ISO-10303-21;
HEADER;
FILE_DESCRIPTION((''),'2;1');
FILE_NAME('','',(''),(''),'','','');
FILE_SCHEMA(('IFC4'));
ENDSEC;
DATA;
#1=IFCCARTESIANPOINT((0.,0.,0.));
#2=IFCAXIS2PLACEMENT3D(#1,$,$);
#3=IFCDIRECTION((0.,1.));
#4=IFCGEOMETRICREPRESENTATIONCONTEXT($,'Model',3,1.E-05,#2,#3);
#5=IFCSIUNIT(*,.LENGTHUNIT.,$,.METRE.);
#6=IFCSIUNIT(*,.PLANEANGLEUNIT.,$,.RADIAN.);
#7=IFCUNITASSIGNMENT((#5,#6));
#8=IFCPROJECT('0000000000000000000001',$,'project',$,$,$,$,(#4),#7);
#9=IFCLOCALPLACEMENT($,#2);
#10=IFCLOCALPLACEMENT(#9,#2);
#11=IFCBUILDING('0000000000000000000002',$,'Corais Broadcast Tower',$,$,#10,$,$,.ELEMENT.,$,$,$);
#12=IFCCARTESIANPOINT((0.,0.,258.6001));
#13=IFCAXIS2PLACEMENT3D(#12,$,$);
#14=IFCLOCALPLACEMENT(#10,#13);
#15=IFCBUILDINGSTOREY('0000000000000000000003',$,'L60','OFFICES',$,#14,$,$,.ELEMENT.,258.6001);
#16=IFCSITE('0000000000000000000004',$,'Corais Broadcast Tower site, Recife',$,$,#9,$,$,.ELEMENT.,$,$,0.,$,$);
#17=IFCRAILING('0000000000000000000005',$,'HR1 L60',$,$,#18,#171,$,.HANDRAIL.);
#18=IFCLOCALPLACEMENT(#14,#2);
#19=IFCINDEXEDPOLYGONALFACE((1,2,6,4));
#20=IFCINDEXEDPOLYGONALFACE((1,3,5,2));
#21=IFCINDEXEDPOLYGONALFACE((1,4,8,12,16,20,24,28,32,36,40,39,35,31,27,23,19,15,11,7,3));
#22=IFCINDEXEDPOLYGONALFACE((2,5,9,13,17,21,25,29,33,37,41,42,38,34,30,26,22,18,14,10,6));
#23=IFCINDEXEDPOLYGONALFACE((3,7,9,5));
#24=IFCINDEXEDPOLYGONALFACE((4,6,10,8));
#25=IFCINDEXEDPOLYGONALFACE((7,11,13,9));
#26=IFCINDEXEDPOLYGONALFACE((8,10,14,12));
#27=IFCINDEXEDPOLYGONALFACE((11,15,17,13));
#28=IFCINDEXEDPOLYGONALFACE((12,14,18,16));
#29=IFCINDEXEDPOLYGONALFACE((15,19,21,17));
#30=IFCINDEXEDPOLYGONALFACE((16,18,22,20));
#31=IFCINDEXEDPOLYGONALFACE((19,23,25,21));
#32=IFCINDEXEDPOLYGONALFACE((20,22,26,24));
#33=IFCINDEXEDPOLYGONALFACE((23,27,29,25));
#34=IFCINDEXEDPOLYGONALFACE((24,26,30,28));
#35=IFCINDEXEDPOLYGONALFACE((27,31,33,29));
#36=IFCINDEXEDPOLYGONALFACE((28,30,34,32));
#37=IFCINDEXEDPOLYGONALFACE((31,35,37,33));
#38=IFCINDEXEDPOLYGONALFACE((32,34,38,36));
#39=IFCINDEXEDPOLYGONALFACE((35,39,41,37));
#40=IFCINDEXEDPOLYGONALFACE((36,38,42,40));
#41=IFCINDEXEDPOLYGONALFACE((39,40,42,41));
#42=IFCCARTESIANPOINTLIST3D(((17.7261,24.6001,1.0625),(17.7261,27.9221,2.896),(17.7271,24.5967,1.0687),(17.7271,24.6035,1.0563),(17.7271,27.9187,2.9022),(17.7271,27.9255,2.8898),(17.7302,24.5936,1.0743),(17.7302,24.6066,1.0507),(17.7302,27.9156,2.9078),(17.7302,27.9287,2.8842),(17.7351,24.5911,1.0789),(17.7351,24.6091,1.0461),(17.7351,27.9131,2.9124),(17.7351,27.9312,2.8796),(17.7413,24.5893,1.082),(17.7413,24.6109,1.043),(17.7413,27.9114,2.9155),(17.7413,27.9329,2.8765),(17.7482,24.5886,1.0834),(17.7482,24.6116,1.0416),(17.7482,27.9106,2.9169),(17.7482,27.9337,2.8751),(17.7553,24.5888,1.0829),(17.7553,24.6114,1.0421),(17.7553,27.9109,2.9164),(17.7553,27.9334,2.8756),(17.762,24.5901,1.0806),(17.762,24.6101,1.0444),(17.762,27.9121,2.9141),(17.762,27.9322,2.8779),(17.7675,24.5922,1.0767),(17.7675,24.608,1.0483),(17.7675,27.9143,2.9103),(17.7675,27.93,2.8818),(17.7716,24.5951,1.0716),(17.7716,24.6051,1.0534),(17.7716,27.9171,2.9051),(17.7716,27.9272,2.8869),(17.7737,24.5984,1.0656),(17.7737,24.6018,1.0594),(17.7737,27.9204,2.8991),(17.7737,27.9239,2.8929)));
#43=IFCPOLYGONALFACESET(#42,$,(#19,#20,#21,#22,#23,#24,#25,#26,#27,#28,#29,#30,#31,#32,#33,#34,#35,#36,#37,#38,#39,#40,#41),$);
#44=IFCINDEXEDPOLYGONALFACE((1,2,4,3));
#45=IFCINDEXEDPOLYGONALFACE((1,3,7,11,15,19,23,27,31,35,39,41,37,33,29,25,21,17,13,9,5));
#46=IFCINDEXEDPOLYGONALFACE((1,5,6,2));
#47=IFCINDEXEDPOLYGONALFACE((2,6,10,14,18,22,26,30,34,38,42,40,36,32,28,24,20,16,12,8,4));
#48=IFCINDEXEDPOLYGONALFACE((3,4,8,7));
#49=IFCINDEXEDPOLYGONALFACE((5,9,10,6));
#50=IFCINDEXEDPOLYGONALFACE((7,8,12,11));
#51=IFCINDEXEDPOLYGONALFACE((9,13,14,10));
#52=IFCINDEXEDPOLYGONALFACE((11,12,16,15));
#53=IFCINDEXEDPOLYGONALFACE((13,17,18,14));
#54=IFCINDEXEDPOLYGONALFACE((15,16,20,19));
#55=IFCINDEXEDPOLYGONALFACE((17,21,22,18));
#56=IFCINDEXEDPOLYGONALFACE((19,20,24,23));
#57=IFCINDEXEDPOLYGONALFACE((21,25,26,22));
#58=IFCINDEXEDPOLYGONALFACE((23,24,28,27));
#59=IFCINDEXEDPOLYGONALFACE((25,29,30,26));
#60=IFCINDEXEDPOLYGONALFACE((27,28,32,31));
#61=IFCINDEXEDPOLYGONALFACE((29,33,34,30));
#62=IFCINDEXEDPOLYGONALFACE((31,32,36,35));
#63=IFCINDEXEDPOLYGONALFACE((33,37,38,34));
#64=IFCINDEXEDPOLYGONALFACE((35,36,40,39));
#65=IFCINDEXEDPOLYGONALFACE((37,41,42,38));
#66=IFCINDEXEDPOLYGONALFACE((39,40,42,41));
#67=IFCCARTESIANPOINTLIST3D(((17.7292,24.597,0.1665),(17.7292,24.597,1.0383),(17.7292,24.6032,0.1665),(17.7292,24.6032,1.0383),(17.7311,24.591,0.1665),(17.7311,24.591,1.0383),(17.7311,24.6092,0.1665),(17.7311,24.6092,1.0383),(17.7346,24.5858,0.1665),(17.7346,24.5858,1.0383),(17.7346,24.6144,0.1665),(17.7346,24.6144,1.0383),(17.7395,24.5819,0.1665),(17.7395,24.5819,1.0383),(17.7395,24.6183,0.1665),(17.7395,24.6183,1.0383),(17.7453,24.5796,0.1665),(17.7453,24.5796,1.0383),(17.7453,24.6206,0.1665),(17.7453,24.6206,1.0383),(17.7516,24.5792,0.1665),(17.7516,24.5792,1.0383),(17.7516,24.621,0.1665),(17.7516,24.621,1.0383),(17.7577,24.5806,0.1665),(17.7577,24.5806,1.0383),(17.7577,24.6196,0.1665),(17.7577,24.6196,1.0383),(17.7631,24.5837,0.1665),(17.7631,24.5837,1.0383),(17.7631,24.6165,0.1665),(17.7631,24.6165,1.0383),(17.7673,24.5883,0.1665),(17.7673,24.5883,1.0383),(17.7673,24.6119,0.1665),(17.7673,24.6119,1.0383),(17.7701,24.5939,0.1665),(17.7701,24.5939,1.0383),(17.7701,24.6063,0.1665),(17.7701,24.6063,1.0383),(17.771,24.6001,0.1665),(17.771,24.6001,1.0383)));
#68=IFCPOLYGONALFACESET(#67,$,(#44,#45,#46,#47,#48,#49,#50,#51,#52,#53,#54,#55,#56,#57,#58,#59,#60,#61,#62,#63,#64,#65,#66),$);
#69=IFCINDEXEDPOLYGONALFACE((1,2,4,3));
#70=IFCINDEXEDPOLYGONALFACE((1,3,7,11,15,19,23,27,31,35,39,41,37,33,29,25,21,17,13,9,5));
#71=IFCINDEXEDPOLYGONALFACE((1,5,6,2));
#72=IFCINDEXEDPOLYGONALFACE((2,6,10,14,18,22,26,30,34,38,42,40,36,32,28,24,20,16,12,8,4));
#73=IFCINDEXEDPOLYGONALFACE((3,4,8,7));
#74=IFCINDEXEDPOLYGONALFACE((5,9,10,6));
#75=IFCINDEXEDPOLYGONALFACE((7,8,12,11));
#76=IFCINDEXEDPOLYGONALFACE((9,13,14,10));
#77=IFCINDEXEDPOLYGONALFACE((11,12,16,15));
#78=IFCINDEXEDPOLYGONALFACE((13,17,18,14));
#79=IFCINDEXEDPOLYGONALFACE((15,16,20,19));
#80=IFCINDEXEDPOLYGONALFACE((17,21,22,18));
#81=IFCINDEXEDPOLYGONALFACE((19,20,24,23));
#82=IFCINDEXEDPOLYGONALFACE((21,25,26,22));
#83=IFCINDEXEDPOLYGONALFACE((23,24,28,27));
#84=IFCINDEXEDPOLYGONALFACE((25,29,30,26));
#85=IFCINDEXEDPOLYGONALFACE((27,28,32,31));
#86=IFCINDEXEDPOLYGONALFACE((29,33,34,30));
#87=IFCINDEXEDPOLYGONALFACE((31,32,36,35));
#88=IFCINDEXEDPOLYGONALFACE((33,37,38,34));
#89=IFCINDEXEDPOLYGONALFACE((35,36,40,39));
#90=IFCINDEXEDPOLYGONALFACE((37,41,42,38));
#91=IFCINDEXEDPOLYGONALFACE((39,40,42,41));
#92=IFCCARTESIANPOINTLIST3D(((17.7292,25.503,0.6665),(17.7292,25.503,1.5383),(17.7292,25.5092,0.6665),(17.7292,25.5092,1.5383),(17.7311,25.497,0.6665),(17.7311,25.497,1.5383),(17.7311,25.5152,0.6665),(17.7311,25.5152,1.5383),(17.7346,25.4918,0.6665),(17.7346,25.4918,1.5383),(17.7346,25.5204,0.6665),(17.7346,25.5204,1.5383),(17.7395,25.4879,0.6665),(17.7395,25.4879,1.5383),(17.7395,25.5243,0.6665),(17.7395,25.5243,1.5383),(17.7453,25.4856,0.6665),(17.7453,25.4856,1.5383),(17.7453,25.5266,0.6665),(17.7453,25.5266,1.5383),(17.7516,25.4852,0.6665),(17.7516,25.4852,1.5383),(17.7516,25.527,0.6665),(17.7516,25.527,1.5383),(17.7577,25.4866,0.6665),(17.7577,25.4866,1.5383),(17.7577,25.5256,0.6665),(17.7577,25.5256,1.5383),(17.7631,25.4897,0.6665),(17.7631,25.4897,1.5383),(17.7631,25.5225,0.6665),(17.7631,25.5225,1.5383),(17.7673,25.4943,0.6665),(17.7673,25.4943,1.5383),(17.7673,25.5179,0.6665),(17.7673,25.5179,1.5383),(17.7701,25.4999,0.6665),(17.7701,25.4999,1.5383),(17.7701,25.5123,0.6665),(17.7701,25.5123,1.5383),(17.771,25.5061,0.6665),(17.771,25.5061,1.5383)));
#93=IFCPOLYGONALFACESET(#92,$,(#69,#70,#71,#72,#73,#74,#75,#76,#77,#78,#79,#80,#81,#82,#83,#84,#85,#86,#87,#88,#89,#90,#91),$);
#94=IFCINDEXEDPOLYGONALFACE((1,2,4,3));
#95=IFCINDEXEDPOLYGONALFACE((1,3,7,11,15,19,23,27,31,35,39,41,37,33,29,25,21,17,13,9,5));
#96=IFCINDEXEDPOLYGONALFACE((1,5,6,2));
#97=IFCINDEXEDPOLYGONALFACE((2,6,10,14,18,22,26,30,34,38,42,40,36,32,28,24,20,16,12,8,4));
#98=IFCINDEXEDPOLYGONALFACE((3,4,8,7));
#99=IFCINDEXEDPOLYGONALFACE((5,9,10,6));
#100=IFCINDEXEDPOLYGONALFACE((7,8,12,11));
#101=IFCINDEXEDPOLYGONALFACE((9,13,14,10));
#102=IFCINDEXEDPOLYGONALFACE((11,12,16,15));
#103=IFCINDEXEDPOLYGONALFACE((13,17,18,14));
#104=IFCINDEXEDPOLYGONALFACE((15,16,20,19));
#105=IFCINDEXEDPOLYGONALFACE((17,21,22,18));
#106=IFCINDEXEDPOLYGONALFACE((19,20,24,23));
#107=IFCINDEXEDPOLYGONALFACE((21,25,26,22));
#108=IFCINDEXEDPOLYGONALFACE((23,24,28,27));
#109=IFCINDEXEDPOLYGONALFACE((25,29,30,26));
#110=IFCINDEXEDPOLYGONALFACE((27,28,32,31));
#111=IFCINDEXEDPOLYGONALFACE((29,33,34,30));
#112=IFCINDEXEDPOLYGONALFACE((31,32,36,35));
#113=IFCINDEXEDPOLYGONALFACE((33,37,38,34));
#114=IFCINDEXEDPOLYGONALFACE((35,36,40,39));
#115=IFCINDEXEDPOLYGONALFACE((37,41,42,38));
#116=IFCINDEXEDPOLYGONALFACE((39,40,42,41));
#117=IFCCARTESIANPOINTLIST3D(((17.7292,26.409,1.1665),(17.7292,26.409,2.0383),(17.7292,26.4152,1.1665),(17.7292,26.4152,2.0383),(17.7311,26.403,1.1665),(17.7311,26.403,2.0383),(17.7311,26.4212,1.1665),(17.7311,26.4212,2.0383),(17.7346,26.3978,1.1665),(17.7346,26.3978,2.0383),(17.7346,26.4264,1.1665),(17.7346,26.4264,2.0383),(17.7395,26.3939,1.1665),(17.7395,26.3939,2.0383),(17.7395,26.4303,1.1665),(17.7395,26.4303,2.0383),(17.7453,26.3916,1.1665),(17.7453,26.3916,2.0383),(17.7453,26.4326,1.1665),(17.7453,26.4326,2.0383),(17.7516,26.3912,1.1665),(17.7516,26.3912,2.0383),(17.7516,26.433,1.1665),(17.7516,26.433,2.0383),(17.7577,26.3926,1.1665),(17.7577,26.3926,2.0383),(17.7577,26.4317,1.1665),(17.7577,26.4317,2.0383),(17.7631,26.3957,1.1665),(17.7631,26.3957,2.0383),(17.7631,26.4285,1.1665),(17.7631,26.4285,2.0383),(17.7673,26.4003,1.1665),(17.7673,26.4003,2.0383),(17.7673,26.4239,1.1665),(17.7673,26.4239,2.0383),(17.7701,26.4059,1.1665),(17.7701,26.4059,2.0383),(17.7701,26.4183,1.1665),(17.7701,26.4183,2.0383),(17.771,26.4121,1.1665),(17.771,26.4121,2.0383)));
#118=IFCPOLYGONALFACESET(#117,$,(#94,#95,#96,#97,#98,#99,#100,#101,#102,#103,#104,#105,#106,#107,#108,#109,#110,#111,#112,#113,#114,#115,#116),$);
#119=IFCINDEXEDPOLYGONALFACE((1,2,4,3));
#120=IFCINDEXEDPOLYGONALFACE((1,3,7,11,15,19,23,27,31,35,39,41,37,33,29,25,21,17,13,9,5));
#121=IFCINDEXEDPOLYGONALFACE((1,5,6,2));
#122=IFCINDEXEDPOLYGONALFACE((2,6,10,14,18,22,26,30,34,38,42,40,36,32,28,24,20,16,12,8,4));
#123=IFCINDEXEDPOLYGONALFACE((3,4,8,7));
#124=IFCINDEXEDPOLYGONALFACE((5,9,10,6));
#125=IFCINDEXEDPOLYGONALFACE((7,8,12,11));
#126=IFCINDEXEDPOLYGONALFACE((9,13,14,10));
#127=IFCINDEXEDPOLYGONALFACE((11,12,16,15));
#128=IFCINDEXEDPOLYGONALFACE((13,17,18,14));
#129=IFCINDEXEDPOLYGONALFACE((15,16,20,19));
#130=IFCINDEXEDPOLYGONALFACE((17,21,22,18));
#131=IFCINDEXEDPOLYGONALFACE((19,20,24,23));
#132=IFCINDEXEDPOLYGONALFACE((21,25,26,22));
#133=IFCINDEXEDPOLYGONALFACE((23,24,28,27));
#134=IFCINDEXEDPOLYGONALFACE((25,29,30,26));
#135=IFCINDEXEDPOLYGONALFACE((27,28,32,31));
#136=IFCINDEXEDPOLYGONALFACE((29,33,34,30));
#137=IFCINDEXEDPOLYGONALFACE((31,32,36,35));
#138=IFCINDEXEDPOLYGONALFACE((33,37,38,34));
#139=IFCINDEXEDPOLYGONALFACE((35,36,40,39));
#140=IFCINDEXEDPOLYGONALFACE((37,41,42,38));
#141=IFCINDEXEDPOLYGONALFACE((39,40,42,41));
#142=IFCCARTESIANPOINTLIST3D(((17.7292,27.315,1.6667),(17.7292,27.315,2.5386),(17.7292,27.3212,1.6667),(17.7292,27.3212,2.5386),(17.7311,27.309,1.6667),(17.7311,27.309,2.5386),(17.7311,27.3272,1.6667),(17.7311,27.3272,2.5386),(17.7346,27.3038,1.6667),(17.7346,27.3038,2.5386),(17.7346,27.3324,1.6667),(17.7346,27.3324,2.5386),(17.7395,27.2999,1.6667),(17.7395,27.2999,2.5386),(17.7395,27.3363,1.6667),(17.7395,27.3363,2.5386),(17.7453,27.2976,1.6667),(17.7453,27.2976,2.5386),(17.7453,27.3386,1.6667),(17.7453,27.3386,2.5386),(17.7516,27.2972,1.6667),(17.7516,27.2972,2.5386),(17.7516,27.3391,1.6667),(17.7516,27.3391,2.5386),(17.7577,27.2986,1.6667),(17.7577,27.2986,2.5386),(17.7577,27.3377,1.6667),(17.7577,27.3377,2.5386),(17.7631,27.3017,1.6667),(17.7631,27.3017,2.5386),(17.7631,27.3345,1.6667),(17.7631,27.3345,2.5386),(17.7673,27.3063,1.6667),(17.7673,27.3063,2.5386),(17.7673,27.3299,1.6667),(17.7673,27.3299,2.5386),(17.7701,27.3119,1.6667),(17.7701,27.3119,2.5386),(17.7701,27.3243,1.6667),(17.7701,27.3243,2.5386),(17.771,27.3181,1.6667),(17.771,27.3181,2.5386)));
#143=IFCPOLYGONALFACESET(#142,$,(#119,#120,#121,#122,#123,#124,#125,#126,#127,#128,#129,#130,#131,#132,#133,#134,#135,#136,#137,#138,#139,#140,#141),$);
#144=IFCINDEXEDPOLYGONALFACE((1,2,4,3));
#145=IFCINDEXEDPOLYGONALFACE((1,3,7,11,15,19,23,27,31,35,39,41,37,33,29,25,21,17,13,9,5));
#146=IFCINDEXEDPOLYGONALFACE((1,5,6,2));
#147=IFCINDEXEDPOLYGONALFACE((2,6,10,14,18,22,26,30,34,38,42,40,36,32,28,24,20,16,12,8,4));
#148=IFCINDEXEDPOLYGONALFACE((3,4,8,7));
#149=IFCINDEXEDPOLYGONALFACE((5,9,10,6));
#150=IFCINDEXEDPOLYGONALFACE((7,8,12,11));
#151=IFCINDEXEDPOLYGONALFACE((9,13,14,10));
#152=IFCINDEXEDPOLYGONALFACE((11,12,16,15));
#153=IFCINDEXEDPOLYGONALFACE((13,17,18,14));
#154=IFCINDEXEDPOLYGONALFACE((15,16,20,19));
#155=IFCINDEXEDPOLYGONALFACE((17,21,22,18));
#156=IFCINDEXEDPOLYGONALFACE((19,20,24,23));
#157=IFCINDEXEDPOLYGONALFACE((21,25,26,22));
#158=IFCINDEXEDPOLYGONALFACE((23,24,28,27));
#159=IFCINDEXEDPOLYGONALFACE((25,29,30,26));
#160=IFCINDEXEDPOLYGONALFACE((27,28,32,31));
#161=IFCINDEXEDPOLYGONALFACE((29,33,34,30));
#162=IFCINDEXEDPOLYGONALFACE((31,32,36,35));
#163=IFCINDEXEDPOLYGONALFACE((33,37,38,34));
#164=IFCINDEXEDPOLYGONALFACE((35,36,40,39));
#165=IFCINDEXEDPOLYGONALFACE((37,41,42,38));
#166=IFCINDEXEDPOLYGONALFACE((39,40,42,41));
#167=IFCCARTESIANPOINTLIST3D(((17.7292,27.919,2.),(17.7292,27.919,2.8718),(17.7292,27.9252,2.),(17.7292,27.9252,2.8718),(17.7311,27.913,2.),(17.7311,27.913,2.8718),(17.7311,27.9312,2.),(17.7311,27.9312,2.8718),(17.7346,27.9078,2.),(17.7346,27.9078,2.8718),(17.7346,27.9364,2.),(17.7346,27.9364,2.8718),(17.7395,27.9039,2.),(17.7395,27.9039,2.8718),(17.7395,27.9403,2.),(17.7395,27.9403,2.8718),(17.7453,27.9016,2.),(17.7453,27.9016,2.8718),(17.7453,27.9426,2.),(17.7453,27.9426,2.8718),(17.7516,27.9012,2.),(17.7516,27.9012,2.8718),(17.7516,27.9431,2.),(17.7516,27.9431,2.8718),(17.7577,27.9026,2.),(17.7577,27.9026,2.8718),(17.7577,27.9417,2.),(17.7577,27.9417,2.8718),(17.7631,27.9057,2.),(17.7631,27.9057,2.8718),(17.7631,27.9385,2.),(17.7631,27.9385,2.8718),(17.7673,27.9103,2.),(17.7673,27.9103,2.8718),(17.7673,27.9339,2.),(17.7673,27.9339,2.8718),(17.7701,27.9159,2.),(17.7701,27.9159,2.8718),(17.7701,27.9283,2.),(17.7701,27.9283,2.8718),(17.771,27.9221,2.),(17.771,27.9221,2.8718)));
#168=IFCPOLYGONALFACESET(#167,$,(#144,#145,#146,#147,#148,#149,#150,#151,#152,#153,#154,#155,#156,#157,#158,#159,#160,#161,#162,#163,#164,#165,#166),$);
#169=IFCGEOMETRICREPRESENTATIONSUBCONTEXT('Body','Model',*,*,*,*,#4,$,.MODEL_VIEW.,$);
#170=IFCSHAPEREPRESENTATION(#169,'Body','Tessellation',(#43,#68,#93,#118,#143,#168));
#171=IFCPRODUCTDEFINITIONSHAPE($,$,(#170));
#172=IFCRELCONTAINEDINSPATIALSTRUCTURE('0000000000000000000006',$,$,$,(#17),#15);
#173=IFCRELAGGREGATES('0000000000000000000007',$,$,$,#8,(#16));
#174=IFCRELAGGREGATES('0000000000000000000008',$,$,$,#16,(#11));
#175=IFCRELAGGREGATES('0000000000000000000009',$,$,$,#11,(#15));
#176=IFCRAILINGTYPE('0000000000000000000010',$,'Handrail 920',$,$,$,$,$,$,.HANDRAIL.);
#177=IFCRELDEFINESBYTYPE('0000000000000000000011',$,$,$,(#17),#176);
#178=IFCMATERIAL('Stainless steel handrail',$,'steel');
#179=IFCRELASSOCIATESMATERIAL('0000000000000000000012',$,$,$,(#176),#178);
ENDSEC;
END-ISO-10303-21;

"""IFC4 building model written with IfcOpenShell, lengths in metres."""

from ifc_helpers import new_model, si_unit, direction, frame, origin, origin_2d, place, context, subcontext, project, spatial, circle, extrude, material, type_object, element, save


model = new_model("IFC4")

# Units and contexts
model_context = context("Model", 3, precision=1e-05, world=origin(), true_north=direction((0.0, 1.0)))
body_context = subcontext(model_context, "Body", "Model", "MODEL_VIEW")
ifc_project = project(units=[si_unit("LENGTHUNIT", "METRE"), si_unit("PLANEANGLEUNIT", "RADIAN")], contexts=[model_context])

# Site, building, storey
site_placement = place(None, origin())
site = spatial("IfcSite", under=ifc_project, at=site_placement, Name="Corais Broadcast Tower site, Recife", CompositionType="ELEMENT", RefElevation=0.0)
building_placement = place(site_placement, origin())
building = spatial("IfcBuilding", under=site, at=building_placement, Name="Corais Broadcast Tower", CompositionType="ELEMENT")
storey_placement = place(building_placement, frame((0.0, 0.0, 258.6001)))
storey = spatial("IfcBuildingStorey", under=building, at=storey_placement, Name="L60", Description="OFFICES", CompositionType="ELEMENT", Elevation=258.6001)

# Railing
ifc_material_1 = material(Name="Stainless steel handrail", Category="steel")
railing_type = type_object("IfcRailingType", Name="Handrail 920", PredefinedType="HANDRAIL", material=ifc_material_1)
for number, where, name in (
    (1, (17.75, 24.6001, 0.1665), "HR1 L60"),
):
    element("IfcRailing", number, at=place(storey_placement, frame(where)), inside=storey, type_object=railing_type, Name=name, PredefinedType="HANDRAIL", context=body_context, shape_type="SweptSolid", body=[
        extrude(circle(Radius=0.0239, at=origin_2d()), frame((0.0, 0.0, 0.896), z_axis=(0.0, 0.875504, 0.48321), x_axis=(-1.0, 0.0, 0.0)), (0.0, 0.0, 1.0), 3.7944),
        extrude(circle(Radius=0.021, at=origin_2d()), origin(), (0.0, 0.0, 1.0), 0.8718),
        extrude(circle(Radius=0.021, at=origin_2d()), frame((0.0, 0.906, 0.5)), (0.0, 0.0, 1.0), 0.8718),
        extrude(circle(Radius=0.021, at=origin_2d()), frame((0.0, 1.812, 1.0)), (0.0, 0.0, 1.0), 0.8718),
        extrude(circle(Radius=0.021, at=origin_2d()), frame((0.0, 2.718, 1.5002)), (0.0, 0.0, 1.0), 0.8718),
        extrude(circle(Radius=0.021, at=origin_2d()), frame((0.0, 3.322, 1.8335)), (0.0, 0.0, 1.0), 0.8718),
    ])

save(model, "model.ifc")
